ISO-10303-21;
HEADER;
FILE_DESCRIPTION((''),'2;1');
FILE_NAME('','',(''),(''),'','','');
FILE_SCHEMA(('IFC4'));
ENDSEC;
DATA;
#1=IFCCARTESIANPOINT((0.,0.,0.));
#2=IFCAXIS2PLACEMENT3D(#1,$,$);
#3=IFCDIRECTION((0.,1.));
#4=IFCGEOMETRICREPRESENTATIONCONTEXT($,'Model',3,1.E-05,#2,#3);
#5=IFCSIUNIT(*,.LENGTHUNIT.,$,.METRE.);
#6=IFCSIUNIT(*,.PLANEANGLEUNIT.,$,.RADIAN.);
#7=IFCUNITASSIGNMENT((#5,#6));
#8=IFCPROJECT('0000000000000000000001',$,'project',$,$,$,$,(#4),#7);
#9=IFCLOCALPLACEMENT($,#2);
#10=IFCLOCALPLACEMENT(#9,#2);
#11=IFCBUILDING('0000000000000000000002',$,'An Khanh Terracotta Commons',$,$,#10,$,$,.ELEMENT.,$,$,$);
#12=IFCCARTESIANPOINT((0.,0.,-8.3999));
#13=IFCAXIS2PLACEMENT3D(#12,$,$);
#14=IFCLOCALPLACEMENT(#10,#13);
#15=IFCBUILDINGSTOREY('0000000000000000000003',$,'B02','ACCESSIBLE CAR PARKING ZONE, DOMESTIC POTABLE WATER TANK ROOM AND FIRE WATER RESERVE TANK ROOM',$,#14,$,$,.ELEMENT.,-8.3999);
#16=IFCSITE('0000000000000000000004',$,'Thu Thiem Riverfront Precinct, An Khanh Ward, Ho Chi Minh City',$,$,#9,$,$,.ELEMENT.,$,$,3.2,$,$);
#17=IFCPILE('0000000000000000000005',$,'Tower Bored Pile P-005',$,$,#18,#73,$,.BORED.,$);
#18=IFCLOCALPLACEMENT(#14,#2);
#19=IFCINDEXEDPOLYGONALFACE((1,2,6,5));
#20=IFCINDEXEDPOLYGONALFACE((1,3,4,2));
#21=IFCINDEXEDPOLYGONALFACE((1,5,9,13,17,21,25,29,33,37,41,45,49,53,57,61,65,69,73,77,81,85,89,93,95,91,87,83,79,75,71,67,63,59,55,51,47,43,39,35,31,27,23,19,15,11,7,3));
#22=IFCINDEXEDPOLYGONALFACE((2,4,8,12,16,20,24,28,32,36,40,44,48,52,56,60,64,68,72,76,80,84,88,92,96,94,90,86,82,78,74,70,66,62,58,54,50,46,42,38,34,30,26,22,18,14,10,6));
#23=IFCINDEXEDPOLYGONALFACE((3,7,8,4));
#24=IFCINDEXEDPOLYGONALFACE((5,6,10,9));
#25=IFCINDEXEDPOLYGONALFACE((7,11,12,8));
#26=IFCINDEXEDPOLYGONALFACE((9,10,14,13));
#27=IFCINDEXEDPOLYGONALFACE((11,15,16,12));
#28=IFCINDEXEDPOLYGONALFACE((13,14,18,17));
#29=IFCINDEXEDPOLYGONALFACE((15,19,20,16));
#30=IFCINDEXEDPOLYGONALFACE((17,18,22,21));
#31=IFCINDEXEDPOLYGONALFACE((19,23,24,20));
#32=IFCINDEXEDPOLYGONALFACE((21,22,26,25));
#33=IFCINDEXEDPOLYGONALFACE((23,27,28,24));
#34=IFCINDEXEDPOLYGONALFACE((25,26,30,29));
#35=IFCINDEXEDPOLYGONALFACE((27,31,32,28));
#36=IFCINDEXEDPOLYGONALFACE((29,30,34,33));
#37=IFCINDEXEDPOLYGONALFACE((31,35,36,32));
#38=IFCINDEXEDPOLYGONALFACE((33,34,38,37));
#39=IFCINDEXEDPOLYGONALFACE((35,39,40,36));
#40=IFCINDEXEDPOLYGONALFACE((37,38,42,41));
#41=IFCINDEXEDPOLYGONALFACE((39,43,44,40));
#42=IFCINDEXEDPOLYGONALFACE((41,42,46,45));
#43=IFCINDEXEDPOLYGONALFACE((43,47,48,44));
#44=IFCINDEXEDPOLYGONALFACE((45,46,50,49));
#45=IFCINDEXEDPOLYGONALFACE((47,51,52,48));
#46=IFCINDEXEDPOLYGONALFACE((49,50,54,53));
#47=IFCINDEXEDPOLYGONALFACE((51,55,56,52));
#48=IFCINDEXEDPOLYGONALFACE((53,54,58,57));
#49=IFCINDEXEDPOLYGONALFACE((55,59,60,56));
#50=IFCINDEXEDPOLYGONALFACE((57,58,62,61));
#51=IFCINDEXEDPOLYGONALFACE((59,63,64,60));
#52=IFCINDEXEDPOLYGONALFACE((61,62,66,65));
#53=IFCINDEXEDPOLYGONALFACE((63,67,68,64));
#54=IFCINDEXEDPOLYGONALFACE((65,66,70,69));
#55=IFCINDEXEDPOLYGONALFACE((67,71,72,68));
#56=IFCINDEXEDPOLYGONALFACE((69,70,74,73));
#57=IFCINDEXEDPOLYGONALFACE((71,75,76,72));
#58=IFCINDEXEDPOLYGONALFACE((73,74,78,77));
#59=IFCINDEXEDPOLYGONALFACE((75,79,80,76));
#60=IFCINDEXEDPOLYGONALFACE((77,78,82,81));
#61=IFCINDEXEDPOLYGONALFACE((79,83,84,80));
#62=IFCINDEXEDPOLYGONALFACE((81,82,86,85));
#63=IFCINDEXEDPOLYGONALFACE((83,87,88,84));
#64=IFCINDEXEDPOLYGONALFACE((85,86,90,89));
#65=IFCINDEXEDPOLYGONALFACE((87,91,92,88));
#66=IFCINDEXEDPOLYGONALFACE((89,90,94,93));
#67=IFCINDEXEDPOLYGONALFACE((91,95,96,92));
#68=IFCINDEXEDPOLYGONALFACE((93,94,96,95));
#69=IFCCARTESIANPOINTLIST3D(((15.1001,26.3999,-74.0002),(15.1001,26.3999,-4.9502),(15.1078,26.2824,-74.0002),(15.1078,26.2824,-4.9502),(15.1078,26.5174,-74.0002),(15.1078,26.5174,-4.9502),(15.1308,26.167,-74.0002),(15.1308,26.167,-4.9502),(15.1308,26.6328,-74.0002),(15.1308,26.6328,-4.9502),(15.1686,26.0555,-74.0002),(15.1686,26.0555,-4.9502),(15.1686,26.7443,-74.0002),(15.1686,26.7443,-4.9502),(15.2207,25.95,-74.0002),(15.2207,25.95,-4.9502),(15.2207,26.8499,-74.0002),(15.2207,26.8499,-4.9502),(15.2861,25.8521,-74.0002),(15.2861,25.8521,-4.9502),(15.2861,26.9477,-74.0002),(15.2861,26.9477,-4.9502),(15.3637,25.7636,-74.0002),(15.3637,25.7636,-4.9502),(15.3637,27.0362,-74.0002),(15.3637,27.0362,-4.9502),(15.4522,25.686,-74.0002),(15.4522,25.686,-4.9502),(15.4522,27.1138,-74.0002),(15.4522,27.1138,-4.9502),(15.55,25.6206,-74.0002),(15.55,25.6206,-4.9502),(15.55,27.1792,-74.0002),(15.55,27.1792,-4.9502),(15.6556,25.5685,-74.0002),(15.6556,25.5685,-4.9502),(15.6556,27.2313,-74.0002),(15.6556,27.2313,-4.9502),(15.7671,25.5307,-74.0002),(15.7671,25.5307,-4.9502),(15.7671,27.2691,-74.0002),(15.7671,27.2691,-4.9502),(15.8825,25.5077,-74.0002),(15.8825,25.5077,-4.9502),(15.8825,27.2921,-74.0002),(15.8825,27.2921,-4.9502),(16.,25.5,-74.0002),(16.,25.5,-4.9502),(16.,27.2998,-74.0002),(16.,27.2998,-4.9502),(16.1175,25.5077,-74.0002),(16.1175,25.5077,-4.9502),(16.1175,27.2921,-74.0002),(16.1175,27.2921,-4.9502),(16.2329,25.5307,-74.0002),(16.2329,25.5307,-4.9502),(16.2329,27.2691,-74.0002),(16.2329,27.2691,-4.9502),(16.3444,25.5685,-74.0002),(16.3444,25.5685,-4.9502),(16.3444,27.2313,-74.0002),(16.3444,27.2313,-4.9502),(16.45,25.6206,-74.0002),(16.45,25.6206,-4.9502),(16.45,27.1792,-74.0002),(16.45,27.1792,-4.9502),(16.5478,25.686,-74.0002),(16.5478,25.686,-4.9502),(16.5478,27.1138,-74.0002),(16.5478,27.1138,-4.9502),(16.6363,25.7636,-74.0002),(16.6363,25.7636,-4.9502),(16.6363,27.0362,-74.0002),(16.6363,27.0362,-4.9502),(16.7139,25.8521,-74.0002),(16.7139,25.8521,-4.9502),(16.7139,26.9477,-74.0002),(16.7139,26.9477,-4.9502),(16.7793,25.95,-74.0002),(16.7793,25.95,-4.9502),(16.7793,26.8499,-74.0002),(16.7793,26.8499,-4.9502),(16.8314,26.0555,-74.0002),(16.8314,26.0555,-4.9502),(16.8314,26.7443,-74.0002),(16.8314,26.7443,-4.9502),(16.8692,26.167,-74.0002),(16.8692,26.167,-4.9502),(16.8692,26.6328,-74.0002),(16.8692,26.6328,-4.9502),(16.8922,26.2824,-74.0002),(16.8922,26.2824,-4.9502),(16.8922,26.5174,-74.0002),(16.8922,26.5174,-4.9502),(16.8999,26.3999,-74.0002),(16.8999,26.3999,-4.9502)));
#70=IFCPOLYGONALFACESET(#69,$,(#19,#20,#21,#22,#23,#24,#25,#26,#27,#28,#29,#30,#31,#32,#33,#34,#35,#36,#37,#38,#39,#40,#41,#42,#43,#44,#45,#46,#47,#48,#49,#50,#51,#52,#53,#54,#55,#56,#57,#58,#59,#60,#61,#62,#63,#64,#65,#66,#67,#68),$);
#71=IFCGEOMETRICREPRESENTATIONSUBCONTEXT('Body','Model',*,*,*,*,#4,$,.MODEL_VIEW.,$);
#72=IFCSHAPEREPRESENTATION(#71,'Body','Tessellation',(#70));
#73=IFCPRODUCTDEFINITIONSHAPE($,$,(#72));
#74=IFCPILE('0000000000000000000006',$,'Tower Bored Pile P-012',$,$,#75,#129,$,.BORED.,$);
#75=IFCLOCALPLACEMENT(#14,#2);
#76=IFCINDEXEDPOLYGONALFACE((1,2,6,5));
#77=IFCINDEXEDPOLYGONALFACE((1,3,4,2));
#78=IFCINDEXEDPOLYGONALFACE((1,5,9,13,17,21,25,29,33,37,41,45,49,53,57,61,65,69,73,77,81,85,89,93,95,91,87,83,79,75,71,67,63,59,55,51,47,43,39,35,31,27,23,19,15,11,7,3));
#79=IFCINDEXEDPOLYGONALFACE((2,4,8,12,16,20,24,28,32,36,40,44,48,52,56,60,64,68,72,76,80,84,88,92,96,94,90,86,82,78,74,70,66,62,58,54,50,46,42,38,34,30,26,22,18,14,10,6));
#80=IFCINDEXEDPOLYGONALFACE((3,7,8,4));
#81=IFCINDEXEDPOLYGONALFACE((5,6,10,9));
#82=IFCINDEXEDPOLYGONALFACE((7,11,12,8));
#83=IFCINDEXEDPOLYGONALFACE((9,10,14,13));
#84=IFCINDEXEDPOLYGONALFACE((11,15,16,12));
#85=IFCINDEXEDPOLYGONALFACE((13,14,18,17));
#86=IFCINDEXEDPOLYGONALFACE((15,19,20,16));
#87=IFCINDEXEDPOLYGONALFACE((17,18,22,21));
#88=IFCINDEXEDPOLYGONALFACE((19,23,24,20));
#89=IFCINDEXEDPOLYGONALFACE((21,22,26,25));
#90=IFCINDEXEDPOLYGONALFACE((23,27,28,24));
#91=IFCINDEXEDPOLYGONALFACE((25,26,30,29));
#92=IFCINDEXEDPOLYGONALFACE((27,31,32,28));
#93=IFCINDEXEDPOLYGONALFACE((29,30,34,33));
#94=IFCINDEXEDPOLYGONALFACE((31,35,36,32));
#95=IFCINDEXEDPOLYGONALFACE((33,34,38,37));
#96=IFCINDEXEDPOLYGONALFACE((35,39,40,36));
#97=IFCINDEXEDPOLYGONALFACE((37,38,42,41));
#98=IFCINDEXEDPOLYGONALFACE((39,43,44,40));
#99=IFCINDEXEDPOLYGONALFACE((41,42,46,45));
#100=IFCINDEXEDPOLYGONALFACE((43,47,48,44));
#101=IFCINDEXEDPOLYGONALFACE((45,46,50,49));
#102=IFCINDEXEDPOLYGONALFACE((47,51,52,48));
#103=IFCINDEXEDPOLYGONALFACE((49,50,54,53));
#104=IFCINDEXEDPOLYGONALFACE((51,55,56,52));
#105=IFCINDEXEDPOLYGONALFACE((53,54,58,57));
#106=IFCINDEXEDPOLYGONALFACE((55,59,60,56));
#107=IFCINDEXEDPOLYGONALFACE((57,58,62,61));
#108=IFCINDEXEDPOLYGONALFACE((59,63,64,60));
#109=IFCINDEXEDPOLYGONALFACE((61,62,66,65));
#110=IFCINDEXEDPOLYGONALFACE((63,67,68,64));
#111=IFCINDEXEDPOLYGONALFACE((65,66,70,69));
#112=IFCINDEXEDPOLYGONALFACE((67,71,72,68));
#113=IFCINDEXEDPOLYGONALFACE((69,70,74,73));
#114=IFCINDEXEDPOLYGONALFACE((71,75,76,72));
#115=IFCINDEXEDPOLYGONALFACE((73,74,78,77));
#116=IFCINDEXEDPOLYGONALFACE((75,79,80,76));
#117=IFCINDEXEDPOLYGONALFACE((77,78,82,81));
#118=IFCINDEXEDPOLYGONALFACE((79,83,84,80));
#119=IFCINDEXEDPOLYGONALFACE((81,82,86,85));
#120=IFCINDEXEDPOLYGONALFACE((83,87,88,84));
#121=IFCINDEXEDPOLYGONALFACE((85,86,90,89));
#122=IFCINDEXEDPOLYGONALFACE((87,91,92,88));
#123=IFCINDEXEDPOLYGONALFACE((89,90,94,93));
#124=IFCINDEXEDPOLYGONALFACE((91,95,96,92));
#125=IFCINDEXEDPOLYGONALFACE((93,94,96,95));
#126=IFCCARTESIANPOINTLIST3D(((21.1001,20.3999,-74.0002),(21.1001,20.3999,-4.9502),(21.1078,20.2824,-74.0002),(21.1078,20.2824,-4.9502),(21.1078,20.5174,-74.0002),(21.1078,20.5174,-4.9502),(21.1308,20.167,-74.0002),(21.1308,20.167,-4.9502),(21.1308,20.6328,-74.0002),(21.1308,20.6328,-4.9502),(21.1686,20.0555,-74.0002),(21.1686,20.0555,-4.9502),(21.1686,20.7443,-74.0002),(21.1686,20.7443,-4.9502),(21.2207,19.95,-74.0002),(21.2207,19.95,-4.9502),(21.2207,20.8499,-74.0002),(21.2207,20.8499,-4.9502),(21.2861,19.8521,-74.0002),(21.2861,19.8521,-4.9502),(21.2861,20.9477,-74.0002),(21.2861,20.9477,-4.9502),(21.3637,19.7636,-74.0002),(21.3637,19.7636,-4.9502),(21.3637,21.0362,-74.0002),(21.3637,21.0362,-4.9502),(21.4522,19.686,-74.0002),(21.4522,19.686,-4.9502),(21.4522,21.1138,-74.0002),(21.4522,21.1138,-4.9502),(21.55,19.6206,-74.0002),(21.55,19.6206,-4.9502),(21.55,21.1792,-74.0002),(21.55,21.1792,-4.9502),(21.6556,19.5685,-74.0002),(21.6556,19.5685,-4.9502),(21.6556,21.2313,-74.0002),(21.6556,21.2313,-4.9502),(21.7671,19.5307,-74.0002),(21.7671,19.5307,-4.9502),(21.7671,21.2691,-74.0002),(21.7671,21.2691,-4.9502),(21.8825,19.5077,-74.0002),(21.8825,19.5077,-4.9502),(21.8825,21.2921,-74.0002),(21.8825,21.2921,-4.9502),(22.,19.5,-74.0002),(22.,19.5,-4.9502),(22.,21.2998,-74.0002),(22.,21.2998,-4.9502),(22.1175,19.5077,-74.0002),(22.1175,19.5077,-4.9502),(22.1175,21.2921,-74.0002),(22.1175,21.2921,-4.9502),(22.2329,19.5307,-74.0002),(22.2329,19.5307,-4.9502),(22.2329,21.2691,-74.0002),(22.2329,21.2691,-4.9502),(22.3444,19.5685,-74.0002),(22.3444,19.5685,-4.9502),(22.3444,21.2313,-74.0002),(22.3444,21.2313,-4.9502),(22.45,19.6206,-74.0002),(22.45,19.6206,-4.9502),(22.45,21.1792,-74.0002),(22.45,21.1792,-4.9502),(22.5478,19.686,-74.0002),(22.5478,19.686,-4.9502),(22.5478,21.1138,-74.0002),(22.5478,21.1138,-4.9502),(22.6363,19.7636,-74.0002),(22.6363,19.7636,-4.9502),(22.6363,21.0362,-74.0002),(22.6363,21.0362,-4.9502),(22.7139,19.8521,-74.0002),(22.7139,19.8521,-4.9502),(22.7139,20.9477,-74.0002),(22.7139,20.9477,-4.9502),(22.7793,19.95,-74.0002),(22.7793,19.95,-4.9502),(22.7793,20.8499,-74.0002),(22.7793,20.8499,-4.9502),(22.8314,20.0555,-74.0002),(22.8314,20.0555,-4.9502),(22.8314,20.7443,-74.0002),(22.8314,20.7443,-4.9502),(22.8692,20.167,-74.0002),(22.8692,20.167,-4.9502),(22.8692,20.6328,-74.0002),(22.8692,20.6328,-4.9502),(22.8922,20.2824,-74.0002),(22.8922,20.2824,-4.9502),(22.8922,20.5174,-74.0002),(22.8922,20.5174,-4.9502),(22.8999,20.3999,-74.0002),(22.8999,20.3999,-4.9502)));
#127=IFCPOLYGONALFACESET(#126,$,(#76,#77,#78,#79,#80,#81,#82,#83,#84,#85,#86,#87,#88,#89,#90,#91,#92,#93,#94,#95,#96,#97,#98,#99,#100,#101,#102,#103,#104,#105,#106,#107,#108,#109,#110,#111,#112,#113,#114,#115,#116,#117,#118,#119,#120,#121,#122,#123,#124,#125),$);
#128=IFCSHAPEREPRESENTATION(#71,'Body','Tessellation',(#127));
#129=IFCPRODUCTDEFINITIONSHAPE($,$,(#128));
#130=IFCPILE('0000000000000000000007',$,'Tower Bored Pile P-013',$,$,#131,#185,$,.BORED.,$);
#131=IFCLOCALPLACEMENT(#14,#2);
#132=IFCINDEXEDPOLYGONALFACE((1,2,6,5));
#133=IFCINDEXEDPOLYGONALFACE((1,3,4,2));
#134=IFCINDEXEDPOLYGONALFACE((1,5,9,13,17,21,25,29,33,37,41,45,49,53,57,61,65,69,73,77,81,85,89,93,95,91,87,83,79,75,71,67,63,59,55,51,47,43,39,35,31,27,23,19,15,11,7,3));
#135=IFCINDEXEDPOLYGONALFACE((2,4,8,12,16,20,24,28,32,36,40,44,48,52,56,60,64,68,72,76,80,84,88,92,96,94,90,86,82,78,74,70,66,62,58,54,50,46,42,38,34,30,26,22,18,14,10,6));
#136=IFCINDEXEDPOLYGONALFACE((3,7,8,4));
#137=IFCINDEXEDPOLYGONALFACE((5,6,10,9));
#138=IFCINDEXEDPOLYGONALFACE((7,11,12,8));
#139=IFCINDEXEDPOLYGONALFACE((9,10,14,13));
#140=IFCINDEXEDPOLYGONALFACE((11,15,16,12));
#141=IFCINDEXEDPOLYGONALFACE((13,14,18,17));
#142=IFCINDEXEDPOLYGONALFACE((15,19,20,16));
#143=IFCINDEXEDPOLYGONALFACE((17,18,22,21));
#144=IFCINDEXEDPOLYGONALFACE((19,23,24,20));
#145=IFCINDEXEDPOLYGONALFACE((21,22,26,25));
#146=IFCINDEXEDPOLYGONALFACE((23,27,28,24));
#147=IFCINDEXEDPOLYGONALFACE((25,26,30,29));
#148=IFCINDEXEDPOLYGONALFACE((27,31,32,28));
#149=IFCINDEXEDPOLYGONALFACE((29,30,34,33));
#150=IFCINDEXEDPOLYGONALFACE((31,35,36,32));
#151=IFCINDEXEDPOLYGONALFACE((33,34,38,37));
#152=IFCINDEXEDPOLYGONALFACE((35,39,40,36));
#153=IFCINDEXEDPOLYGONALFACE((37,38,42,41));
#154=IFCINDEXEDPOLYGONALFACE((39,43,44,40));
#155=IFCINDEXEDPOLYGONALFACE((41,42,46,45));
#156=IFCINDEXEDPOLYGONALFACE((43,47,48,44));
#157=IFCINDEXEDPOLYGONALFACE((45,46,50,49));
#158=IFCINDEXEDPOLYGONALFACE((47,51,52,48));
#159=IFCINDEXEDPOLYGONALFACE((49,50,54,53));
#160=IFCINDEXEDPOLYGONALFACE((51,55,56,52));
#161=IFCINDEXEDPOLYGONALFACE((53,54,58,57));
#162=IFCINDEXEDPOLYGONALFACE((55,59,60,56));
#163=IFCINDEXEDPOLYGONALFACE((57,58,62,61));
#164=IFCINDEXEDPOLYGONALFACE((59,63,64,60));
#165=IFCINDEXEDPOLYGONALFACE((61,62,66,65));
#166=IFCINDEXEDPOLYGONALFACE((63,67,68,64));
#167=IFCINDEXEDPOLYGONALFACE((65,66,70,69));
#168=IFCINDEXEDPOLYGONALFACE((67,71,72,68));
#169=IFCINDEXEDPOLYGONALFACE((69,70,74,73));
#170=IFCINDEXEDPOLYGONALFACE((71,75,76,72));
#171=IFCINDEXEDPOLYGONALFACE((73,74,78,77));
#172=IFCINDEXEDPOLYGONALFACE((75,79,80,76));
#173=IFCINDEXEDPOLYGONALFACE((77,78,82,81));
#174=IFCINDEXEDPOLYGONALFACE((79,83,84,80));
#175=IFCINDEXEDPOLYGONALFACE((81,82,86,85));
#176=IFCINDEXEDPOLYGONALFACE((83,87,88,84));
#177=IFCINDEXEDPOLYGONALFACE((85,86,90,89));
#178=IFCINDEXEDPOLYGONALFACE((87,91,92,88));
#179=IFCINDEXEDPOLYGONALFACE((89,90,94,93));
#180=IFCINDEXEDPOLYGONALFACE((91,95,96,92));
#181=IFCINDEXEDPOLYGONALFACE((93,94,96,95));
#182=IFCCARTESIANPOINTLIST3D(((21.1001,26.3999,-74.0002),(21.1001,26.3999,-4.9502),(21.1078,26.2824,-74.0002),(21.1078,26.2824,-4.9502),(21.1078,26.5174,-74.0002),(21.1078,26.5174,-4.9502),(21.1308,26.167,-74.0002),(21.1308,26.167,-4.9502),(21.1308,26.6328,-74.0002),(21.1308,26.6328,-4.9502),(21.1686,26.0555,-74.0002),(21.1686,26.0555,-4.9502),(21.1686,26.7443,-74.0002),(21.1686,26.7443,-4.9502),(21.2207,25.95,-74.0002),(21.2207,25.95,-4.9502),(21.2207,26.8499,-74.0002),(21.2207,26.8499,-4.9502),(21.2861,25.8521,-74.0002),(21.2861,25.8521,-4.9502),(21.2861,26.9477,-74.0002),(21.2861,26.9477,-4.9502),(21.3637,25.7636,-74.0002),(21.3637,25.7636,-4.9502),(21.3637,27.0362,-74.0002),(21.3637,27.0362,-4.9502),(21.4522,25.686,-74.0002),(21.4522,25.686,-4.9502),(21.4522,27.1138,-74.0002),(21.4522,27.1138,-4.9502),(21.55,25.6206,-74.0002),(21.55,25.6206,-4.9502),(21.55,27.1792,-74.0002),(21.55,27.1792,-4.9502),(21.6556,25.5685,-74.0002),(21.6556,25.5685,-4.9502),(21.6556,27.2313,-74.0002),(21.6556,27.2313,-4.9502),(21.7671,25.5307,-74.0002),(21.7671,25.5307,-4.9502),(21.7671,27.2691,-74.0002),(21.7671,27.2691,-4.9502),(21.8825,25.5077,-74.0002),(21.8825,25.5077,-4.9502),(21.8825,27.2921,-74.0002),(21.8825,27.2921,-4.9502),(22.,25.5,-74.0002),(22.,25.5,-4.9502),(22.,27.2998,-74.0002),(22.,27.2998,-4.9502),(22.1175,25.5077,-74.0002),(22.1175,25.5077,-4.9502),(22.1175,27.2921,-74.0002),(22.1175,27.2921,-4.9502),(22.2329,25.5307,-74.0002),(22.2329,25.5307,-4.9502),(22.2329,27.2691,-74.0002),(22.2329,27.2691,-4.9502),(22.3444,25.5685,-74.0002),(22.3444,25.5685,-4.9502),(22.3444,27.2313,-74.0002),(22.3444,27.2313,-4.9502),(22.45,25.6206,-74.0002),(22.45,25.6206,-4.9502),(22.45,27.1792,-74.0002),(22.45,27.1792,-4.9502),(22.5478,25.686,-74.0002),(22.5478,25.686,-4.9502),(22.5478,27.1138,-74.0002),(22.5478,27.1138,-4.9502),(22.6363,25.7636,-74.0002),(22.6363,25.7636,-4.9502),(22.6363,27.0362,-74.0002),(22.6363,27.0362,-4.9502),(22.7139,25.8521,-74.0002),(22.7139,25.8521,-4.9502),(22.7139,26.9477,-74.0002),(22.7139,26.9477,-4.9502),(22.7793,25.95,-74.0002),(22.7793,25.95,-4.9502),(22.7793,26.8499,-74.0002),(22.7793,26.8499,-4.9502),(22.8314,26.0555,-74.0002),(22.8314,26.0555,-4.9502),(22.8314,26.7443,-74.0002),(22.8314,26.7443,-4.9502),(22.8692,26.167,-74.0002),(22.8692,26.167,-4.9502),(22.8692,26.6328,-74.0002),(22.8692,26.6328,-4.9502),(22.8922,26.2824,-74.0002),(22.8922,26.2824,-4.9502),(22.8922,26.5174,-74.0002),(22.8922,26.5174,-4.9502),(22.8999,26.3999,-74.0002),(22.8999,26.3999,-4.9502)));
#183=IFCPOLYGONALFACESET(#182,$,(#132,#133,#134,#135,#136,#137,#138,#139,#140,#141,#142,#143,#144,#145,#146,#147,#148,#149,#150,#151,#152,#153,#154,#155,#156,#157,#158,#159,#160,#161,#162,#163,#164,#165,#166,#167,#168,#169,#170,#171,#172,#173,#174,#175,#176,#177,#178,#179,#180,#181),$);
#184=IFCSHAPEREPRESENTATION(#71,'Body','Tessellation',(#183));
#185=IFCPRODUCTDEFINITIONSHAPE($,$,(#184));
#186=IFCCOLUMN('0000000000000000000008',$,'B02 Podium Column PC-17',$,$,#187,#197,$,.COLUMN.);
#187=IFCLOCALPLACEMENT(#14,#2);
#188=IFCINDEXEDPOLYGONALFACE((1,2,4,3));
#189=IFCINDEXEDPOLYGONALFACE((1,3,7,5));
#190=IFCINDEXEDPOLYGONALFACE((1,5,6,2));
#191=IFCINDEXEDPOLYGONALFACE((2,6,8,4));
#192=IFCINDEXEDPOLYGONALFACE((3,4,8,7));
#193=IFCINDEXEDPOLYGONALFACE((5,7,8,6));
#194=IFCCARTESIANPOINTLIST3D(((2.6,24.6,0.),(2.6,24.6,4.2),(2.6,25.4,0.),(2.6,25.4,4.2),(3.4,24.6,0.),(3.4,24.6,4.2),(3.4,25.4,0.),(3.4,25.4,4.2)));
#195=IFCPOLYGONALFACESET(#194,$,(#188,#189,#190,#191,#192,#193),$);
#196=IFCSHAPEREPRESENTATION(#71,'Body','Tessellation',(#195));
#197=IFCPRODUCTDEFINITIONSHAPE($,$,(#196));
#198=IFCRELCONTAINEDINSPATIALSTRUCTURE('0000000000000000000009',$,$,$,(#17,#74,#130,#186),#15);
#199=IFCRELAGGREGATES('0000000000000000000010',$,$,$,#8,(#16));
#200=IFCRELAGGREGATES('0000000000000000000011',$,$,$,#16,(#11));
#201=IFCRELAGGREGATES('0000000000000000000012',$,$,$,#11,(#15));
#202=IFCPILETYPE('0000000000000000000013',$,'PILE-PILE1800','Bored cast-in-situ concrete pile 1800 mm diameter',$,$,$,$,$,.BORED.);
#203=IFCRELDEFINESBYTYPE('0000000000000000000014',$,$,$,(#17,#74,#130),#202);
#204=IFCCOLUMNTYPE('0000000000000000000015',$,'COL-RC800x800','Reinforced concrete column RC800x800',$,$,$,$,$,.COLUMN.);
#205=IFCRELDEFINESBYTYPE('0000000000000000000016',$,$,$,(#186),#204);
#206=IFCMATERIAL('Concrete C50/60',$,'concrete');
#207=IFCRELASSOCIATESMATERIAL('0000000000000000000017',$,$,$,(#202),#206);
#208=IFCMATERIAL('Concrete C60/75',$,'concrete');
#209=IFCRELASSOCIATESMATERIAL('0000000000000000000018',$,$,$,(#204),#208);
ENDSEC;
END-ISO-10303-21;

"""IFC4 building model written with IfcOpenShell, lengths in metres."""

from ifc_helpers import new_model, si_unit, direction, frame, origin, origin_2d, place, context, subcontext, project, spatial, rectangle, circle, extrude, material, material_profile, profile_set, type_object, element, save


model = new_model("IFC4")

# Units and contexts
model_context = context("Model", 3, precision=1e-05, world=origin(), true_north=direction((0.0, 1.0)))
body_context = subcontext(model_context, "Body", "Model", "MODEL_VIEW")
ifc_project = project(units=[si_unit("LENGTHUNIT", "METRE"), si_unit("PLANEANGLEUNIT", "RADIAN")], contexts=[model_context])

# Site, building, storey
site_placement = place(None, origin())
site = spatial("IfcSite", under=ifc_project, at=site_placement, Name="Thu Thiem Riverfront Precinct, An Khanh Ward, Ho Chi Minh City", CompositionType="ELEMENT", RefElevation=3.2)
building_placement = place(site_placement, origin())
building = spatial("IfcBuilding", under=site, at=building_placement, Name="An Khanh Terracotta Commons", CompositionType="ELEMENT")
storey_placement = place(building_placement, frame((0.0, 0.0, -8.3999)))
storey = spatial("IfcBuildingStorey", under=building, at=storey_placement, Name="B02", Description="ACCESSIBLE CAR PARKING ZONE, DOMESTIC POTABLE WATER TANK ROOM AND FIRE WATER RESERVE TANK ROOM", CompositionType="ELEMENT", Elevation=-8.3999)

# Shared definitions
ifc_material_1 = material(Name="Concrete C50/60", Category="concrete")

# Piles
ifc_material_profile_1 = material_profile(ifc_material_1, circle(Radius=0.8999, at=origin_2d()), Name="PILE1800")
ifc_profile_set_1 = profile_set([ifc_material_profile_1], Name="Concrete C50/60")
pile_type_1 = type_object("IfcPileType", Name="PILE-PILE1800", Description="Bored cast-in-situ concrete pile 1800 mm diameter", PredefinedType="BORED", material=ifc_profile_set_1)
for number, where, z_axis, x_axis, name in (
    (1, (16.0, 26.3999, -4.9502), (0.0, 0.0, -1.0), (1.0, 0.0, 0.0), "Tower Bored Pile P-005"),
    (2, (22.0, 20.3999, -4.9502), (0.0, 0.0, -1.0), (1.0, 0.0, 0.0), "Tower Bored Pile P-012"),
    (3, (22.0, 26.3999, -4.9502), (0.0, 0.0, -1.0), (1.0, 0.0, 0.0), "Tower Bored Pile P-013"),
):
    element("IfcPile", number, at=place(storey_placement, frame(where, z_axis=z_axis, x_axis=x_axis)), inside=storey, type_object=pile_type_1, Name=name, PredefinedType="BORED", context=body_context, shape_type="SweptSolid", body=[
        extrude(circle(Radius=0.8999, at=origin_2d()), origin(), (0.0, 0.0, 1.0), 69.05),
    ])

# Column
ifc_material_2 = material(Name="Concrete C60/75", Category="concrete")
ifc_material_profile_2 = material_profile(ifc_material_2, rectangle(XDim=0.8, YDim=0.8, at=origin_2d()), Name="RC800x800")
ifc_profile_set_2 = profile_set([ifc_material_profile_2], Name="Concrete C60/75")
column_type = type_object("IfcColumnType", Name="COL-RC800x800", Description="Reinforced concrete column RC800x800", PredefinedType="COLUMN", material=ifc_profile_set_2)
column_placement = place(storey_placement, frame((3.0, 25.0, 0.0), z_axis=(0.0, 0.0, 1.0), x_axis=(1.0, 0.0, 0.0)))
element("IfcColumn", 4, at=column_placement, inside=storey, type_object=column_type, Name="B02 Podium Column PC-17", PredefinedType="COLUMN", context=body_context, shape_type="SweptSolid", body=[
    extrude(rectangle(XDim=0.8, YDim=0.8, at=origin_2d()), origin(), (0.0, 0.0, 1.0), 4.2),
])

save(model, "model.ifc")
